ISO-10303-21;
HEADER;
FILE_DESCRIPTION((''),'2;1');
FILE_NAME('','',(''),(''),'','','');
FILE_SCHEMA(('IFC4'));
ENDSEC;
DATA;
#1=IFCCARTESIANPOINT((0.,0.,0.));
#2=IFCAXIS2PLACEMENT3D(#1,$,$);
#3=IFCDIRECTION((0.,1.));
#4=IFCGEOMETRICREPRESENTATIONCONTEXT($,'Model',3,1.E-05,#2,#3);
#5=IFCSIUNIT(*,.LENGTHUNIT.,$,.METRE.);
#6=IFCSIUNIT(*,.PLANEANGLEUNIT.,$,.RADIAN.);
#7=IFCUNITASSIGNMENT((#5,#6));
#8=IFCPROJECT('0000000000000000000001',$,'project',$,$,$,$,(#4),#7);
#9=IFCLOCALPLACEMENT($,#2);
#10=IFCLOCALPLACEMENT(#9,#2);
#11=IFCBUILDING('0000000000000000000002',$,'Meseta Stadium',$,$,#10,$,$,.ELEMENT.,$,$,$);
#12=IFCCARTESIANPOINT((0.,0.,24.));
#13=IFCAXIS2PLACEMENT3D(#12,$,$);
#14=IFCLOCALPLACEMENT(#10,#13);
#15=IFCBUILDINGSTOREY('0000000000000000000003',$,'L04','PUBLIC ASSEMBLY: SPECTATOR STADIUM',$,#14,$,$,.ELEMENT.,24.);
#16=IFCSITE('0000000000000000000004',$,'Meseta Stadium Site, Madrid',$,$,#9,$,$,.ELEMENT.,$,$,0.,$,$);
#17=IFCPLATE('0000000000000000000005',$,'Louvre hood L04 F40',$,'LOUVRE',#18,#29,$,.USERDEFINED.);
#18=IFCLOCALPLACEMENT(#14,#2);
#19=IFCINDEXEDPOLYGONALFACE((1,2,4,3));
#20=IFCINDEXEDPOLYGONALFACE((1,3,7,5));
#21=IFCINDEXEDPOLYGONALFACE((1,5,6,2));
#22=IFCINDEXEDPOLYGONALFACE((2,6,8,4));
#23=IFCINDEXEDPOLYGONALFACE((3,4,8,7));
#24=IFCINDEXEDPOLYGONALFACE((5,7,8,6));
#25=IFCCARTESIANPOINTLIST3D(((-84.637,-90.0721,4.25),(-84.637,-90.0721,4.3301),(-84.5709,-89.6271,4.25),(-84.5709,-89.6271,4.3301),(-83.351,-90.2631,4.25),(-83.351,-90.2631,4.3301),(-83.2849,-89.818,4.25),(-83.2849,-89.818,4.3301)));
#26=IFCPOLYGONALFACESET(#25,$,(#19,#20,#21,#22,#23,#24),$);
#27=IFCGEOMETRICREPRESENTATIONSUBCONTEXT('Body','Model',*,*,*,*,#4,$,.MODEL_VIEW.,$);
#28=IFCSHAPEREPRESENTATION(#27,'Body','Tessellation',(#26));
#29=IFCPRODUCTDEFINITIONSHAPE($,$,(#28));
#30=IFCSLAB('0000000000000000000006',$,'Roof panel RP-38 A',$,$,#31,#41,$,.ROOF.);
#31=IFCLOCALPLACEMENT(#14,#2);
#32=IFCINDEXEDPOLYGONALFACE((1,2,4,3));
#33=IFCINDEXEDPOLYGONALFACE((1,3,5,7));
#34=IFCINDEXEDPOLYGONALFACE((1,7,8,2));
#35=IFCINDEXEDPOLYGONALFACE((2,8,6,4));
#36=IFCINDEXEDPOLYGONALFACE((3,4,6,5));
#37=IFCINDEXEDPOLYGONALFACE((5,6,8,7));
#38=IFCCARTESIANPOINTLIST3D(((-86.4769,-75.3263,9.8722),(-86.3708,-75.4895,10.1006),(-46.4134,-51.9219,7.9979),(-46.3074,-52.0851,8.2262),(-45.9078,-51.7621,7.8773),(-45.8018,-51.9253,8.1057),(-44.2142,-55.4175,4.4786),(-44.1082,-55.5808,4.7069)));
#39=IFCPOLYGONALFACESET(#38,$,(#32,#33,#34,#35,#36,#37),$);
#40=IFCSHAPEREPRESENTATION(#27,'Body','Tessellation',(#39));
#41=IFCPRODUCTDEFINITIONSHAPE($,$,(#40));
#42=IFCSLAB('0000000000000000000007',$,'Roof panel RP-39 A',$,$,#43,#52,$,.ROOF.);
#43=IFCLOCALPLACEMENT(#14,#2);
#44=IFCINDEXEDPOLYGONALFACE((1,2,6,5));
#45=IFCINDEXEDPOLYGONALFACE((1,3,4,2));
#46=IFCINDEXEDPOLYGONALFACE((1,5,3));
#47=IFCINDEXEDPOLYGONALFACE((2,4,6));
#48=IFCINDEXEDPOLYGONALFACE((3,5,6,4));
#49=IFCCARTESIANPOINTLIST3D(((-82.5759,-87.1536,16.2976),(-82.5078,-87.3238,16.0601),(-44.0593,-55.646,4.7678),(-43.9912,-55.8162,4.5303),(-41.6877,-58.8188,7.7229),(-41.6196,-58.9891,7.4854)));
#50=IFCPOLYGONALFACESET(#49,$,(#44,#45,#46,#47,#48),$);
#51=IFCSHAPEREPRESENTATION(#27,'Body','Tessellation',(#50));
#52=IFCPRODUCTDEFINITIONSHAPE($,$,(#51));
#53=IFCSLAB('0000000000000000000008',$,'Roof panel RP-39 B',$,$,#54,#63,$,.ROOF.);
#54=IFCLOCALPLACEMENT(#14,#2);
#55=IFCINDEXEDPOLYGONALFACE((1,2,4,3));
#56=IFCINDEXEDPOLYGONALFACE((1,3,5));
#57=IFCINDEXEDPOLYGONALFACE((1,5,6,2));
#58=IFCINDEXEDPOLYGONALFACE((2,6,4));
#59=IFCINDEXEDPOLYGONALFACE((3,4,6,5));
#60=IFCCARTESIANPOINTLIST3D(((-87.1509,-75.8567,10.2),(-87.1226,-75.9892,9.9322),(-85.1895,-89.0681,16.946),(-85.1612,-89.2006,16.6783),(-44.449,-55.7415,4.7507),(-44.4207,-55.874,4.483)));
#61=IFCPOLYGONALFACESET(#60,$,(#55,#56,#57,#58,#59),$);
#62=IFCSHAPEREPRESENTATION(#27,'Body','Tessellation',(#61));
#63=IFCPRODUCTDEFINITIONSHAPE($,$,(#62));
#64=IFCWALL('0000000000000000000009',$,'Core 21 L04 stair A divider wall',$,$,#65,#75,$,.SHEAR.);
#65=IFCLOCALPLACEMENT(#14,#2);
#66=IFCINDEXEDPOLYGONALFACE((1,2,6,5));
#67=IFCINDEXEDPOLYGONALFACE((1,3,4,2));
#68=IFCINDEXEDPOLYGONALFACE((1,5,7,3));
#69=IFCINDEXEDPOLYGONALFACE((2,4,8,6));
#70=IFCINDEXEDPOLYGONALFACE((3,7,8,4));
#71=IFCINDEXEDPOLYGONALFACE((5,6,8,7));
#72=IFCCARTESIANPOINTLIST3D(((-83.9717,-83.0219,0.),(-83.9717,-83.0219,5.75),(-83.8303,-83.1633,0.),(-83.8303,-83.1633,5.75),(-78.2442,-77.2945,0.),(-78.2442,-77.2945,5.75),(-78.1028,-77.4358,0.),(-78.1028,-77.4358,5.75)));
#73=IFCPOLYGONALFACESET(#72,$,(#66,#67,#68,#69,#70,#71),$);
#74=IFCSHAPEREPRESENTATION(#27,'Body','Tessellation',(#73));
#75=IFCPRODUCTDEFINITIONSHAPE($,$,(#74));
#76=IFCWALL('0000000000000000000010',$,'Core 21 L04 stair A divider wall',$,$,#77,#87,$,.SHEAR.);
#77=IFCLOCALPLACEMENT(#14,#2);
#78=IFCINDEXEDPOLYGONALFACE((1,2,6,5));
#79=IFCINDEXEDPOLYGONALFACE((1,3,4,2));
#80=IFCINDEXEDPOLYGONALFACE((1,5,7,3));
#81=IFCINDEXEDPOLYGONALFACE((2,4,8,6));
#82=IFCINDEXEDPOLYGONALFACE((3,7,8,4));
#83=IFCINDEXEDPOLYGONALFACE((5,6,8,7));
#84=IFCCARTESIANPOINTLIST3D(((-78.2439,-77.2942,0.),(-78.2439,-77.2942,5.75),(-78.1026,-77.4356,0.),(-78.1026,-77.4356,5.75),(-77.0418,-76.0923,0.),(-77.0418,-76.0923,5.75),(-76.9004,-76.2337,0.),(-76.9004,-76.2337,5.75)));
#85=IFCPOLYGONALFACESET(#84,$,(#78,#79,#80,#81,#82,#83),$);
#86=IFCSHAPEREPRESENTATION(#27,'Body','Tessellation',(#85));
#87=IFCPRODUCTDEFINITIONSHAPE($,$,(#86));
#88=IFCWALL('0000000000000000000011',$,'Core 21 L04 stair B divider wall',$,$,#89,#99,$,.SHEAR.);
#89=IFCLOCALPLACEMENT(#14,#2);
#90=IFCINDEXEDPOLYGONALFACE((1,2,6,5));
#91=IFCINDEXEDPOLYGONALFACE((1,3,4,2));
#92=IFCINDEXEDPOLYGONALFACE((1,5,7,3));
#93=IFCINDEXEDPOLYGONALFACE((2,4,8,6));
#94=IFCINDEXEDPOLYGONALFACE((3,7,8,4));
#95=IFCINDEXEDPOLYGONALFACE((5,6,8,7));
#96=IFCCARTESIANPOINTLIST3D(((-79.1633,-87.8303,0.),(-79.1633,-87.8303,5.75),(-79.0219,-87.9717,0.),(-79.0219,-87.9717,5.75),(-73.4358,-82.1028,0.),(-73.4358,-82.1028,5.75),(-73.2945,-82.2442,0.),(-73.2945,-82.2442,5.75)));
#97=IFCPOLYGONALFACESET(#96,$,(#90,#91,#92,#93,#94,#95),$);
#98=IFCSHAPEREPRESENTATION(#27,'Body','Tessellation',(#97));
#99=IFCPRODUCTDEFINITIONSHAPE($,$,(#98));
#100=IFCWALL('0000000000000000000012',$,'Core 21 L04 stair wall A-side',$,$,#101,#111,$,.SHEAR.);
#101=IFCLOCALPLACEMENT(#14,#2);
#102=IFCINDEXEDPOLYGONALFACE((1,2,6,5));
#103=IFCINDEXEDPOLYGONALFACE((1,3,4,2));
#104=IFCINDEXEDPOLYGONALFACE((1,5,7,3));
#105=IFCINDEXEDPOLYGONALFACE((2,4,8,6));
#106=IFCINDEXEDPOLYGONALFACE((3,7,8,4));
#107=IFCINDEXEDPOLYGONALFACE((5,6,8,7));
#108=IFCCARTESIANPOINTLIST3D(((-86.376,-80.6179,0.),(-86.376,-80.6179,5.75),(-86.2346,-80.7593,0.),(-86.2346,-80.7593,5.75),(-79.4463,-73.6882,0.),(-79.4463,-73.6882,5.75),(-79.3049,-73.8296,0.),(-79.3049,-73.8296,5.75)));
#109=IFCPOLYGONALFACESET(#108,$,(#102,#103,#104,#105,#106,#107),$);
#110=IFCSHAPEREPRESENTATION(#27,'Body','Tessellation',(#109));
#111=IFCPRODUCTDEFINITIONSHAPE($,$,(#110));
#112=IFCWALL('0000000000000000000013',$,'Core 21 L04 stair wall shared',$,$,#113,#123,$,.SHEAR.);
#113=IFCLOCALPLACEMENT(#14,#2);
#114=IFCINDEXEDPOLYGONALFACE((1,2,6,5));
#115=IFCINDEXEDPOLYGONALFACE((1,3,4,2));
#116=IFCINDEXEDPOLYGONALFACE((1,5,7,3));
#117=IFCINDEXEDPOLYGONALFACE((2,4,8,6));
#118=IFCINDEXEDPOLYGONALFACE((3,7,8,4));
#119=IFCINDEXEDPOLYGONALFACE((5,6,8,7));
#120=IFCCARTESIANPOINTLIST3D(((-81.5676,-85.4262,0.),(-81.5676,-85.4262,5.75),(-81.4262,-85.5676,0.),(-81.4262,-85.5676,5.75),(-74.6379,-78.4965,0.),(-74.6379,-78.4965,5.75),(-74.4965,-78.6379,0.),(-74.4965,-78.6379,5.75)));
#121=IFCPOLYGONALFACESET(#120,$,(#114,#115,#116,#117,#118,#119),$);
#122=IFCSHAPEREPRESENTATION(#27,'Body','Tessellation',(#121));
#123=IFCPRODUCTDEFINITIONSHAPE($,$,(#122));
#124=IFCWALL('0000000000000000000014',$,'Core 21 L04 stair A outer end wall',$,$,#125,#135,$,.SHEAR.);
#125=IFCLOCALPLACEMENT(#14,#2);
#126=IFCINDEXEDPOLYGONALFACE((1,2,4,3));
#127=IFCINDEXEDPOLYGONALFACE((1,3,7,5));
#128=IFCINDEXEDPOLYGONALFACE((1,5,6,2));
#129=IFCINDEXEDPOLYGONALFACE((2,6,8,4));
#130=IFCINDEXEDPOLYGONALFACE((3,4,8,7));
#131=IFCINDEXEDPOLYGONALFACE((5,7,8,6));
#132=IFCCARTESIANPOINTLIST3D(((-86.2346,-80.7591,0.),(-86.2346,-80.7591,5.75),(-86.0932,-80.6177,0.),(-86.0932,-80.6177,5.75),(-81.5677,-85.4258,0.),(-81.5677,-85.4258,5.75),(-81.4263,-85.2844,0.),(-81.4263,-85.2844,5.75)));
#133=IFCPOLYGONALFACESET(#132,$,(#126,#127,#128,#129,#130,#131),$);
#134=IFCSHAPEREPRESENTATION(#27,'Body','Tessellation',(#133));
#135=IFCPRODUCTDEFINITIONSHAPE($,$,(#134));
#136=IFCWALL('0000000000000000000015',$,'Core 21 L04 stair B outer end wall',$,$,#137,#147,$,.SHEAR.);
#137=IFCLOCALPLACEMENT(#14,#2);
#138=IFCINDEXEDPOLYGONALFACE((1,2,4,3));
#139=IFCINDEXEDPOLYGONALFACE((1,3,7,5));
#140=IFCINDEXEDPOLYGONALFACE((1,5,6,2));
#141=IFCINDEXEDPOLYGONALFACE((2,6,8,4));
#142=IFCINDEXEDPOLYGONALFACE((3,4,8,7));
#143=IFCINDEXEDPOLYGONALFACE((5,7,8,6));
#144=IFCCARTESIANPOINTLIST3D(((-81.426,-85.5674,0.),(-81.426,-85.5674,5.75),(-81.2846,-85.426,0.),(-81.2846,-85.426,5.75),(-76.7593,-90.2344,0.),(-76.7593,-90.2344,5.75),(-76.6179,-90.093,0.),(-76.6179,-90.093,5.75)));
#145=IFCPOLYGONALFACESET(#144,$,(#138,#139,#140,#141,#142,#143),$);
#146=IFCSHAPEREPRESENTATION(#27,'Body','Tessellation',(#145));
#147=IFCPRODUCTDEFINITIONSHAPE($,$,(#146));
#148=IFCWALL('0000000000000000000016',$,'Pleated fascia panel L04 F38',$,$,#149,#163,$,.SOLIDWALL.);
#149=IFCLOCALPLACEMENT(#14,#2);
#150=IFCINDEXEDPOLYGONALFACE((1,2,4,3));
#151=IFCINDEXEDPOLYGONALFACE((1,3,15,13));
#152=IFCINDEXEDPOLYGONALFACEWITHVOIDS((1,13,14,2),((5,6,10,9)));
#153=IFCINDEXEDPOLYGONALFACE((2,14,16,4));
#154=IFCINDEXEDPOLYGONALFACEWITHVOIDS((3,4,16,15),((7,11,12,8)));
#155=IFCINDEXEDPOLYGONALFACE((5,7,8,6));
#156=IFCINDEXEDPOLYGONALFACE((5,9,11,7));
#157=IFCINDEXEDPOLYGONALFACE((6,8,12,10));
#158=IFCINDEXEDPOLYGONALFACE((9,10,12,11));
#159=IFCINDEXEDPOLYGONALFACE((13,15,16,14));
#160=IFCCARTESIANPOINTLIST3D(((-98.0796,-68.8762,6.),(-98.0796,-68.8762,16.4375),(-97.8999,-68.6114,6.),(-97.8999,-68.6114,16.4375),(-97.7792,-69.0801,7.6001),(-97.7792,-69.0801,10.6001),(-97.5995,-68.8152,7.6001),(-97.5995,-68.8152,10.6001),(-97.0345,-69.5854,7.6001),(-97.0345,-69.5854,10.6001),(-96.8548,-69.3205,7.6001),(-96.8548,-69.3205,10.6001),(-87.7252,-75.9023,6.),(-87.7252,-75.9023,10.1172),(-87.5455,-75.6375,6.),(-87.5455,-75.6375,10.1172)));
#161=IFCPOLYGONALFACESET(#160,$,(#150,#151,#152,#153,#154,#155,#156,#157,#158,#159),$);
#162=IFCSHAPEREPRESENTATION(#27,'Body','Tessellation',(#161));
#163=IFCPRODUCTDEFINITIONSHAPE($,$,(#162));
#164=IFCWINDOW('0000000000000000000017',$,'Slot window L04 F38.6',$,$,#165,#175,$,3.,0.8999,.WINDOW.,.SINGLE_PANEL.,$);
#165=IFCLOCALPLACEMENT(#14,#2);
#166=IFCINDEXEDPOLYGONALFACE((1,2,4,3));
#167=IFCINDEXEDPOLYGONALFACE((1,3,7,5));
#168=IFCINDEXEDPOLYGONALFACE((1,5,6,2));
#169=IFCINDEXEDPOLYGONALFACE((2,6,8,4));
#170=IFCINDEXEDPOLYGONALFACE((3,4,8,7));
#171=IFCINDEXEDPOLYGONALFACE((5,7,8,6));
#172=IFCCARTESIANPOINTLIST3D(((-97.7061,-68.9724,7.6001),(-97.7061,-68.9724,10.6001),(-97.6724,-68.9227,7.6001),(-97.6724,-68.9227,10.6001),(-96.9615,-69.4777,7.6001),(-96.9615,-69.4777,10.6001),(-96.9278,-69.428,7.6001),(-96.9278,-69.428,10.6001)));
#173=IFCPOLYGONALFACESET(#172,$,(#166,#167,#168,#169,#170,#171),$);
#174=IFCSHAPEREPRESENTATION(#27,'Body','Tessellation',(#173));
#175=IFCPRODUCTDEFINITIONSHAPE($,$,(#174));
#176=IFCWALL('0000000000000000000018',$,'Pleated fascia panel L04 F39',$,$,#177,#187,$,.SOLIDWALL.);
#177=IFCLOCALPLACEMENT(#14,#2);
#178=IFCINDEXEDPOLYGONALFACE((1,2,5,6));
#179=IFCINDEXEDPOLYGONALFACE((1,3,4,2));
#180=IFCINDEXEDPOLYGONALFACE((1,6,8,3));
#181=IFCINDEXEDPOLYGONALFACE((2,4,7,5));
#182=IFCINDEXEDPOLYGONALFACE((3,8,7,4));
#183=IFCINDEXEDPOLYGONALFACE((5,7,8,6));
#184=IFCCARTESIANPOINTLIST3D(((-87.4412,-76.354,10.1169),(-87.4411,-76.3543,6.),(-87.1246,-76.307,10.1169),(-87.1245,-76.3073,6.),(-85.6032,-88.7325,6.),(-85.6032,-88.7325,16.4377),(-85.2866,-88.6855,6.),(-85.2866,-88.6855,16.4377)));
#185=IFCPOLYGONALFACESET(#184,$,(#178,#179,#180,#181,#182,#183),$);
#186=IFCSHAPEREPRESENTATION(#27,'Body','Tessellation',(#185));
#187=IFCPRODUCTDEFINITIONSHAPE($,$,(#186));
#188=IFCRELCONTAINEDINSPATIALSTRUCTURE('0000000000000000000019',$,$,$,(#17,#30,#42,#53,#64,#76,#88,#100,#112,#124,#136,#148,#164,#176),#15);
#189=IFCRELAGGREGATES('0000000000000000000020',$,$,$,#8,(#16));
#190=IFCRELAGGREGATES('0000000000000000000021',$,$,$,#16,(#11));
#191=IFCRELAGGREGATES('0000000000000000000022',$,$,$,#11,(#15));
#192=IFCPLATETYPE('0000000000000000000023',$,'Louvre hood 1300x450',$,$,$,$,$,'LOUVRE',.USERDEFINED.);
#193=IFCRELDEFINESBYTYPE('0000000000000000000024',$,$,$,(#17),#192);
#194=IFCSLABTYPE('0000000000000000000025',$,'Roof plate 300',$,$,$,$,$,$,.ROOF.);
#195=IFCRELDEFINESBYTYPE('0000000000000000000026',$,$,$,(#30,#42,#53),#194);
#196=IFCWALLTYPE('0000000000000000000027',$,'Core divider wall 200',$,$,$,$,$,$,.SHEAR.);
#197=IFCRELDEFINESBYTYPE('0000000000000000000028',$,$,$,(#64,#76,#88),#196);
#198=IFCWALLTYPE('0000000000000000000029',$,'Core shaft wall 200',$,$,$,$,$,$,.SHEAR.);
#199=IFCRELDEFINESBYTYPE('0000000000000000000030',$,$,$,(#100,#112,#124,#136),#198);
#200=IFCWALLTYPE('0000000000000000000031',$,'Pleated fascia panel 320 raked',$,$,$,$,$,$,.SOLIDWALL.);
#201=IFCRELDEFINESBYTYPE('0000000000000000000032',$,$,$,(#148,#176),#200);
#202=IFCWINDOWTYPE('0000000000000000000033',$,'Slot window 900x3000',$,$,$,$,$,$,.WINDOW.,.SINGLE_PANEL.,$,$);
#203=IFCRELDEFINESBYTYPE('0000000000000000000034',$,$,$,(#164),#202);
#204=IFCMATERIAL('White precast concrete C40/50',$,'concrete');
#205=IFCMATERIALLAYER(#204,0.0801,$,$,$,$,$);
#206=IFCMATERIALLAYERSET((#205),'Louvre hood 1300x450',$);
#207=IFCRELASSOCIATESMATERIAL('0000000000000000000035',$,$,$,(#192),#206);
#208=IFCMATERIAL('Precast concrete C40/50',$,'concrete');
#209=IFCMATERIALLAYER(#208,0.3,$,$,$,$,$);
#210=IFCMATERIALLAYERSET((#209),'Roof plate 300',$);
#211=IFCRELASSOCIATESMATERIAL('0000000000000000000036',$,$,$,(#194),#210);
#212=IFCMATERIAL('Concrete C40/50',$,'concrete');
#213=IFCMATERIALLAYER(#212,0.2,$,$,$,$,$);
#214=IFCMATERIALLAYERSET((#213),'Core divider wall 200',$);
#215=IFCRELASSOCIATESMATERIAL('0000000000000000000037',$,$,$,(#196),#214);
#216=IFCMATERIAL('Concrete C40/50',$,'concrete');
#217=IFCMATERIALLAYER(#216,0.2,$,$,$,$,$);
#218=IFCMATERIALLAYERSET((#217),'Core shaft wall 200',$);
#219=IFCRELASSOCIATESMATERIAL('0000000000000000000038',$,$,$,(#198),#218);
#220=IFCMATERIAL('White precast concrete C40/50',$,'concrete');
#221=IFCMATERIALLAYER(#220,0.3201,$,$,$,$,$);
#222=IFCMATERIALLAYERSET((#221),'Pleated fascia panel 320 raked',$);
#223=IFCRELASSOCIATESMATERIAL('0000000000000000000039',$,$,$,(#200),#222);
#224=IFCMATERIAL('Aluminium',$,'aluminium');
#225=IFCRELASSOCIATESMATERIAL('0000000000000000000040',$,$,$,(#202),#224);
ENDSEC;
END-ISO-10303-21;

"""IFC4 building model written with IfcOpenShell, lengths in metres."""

from ifc_helpers import new_model, si_unit, direction, frame, frame_2d, origin, origin_2d, place, context, subcontext, project, spatial, polyline, rectangle, outline, extrude, material, layer, layer_set, type_object, element, fill, save


model = new_model("IFC4")

# Units and contexts
model_context = context("Model", 3, precision=1e-05, world=origin(), true_north=direction((0.0, 1.0)))
body_context = subcontext(model_context, "Body", "Model", "MODEL_VIEW")
ifc_project = project(units=[si_unit("LENGTHUNIT", "METRE"), si_unit("PLANEANGLEUNIT", "RADIAN")], contexts=[model_context])

# Site, building, storey
site_placement = place(None, origin())
site = spatial("IfcSite", under=ifc_project, at=site_placement, Name="Meseta Stadium Site, Madrid", CompositionType="ELEMENT", RefElevation=0.0)
building_placement = place(site_placement, origin())
building = spatial("IfcBuilding", under=site, at=building_placement, Name="Meseta Stadium", CompositionType="ELEMENT")
storey_placement = place(building_placement, frame((0.0, 0.0, 24.0)))
storey = spatial("IfcBuildingStorey", under=building, at=storey_placement, Name="L04", Description="PUBLIC ASSEMBLY: SPECTATOR STADIUM", CompositionType="ELEMENT", Elevation=24.0)

# Plate
ifc_material_1 = material(Name="White precast concrete C40/50", Category="concrete")
ifc_layer_1 = layer(ifc_material_1, 0.0801)
ifc_layer_set_1 = layer_set([ifc_layer_1], Name="Louvre hood 1300x450")
plate_type = type_object("IfcPlateType", Name="Louvre hood 1300x450", ElementType="LOUVRE", PredefinedType="USERDEFINED", material=ifc_layer_set_1)
plate_placement = place(storey_placement, frame((-83.9609, -89.9451, 4.25), z_axis=(0.0, 0.0, 1.0), x_axis=(0.989158, -0.146854, 0.0)))
element("IfcPlate", 1, at=plate_placement, inside=storey, type_object=plate_type, Name="Louvre hood L04 F40", ObjectType="LOUVRE", PredefinedType="USERDEFINED", context=body_context, shape_type="SweptSolid", body=[
    extrude(rectangle(XDim=1.3, YDim=0.45, at=origin_2d()), origin(), (0.0, 0.0, 1.0), 0.0801),
])

# Slabs
ifc_material_2 = material(Name="Precast concrete C40/50", Category="concrete")
ifc_layer_2 = layer(ifc_material_2, 0.3)
ifc_layer_set_2 = layer_set([ifc_layer_2], Name="Roof plate 300")
slab_type = type_object("IfcSlabType", Name="Roof plate 300", PredefinedType="ROOF", material=ifc_layer_set_2)
slab_1_placement = place(storey_placement, frame((-86.3708, -75.4895, 10.1006), z_axis=(0.353365, -0.543936, 0.761096), x_axis=(0.89868, 0.423343, -0.114691)))
element("IfcSlab", 2, at=slab_1_placement, inside=storey, type_object=slab_type, Name="Roof panel RP-38 A", PredefinedType="ROOF", context=body_context, shape_type="SweptSolid", body=[
    extrude(outline(polyline([(0.0, 0.0), (47.0275, 0.0), (46.6632, 5.2583), (46.1273, 5.3508), (0.0, 0.0)])), origin(), (0.0, 0.0, -1.0), 0.3),
])
slab_2_placement = place(storey_placement, frame((-82.5759, -87.1536, 16.2976), z_axis=(-0.227186, 0.567367, 0.791506), x_axis=(0.754041, 0.616825, -0.225719)))
element("IfcSlab", 3, at=slab_2_placement, inside=storey, type_object=slab_type, Name="Roof panel RP-39 A", PredefinedType="ROOF", context=body_context, shape_type="SweptSolid", body=[
    extrude(outline(polyline([(0.0, 0.0), (51.0802, 0.0), (50.2444, -4.8709), (0.0, 0.0)])), origin(), (0.0, 0.0, -1.0), 0.3),
])
slab_3_placement = place(storey_placement, frame((-87.1509, -75.8567, 10.2), z_axis=(-0.094171, 0.441622, 0.892245), x_axis=(0.898685, 0.423336, -0.114682)))
element("IfcSlab", 4, at=slab_3_placement, inside=storey, type_object=slab_type, Name="Roof panel RP-39 B", PredefinedType="ROOF", context=body_context, shape_type="SweptSolid", body=[
    extrude(outline(polyline([(0.0, 0.0), (47.516, 0.0), (-4.6038, -14.2374), (0.0, 0.0)])), origin(), (0.0, 0.0, -1.0), 0.3),
])

# Walls
ifc_material_3 = material(Name="Concrete C40/50", Category="concrete")
ifc_layer_3 = layer(ifc_material_3, 0.2)
ifc_layer_set_3 = layer_set([ifc_layer_3], Name="Core divider wall 200")
wall_type_1 = type_object("IfcWallType", Name="Core divider wall 200", PredefinedType="SHEAR", material=ifc_layer_set_3)
wall_1_placement = place(storey_placement, frame((-83.9009, -83.0925, 0.0), z_axis=(0.0, 0.0, 1.0), x_axis=(0.707107, 0.707107, 0.0)))
element("IfcWall", 5, at=wall_1_placement, inside=storey, type_object=wall_type_1, Name="Core 21 L04 stair A divider wall", PredefinedType="SHEAR", context=body_context, shape_type="SweptSolid", body=[
    extrude(rectangle(XDim=8.0999, YDim=0.2, at=frame_2d((4.0498, 0.0))), origin(), (0.0, 0.0, 1.0), 5.75),
])
wall_2_placement = place(storey_placement, frame((-78.1733, -77.365, 0.0), z_axis=(0.0, 0.0, 1.0), x_axis=(0.707179, 0.707035, 0.0)))
element("IfcWall", 6, at=wall_2_placement, inside=storey, type_object=wall_type_1, Name="Core 21 L04 stair A divider wall", PredefinedType="SHEAR", context=body_context, shape_type="SweptSolid", body=[
    extrude(rectangle(XDim=1.7, YDim=0.2, at=frame_2d((0.8501, 0.0))), origin(), (0.0, 0.0, 1.0), 5.75),
])
wall_3_placement = place(storey_placement, frame((-79.0925, -87.9009, 0.0), z_axis=(0.0, 0.0, 1.0), x_axis=(0.707107, 0.707107, 0.0)))
element("IfcWall", 7, at=wall_3_placement, inside=storey, type_object=wall_type_1, Name="Core 21 L04 stair B divider wall", PredefinedType="SHEAR", context=body_context, shape_type="SweptSolid", body=[
    extrude(rectangle(XDim=8.0999, YDim=0.2, at=frame_2d((4.0498, 0.0))), origin(), (0.0, 0.0, 1.0), 5.75),
])
ifc_material_4 = material(Name="Concrete C40/50", Category="concrete")
ifc_layer_4 = layer(ifc_material_4, 0.2)
ifc_layer_set_4 = layer_set([ifc_layer_4], Name="Core shaft wall 200")
wall_type_2 = type_object("IfcWallType", Name="Core shaft wall 200", PredefinedType="SHEAR", material=ifc_layer_set_4)
for number, where, z_axis, x_axis, name in (
    (8, (-86.3052, -80.6885, 0.0), (0.0, 0.0, 1.0), (0.707107, 0.707107, 0.0), "Core 21 L04 stair wall A-side"),
    (9, (-81.4968, -85.4968, 0.0), (0.0, 0.0, 1.0), (0.707107, 0.707107, 0.0), "Core 21 L04 stair wall shared"),
):
    element("IfcWall", number, at=place(storey_placement, frame(where, z_axis=z_axis, x_axis=x_axis)), inside=storey, type_object=wall_type_2, Name=name, PredefinedType="SHEAR", context=body_context, shape_type="SweptSolid", body=[
        extrude(rectangle(XDim=9.8, YDim=0.2, at=frame_2d((4.8999, 0.0))), origin(), (0.0, 0.0, 1.0), 5.75),
    ])
for number, where, z_axis, x_axis, name in (
    (10, (-86.1638, -80.6885, 0.0), (0.0, 0.0, 1.0), (0.707125, -0.707088, 0.0), "Core 21 L04 stair A outer end wall"),
    (11, (-81.3552, -85.4968, 0.0), (0.0, 0.0, 1.0), (0.707088, -0.707125, 0.0), "Core 21 L04 stair B outer end wall"),
):
    element("IfcWall", number, at=place(storey_placement, frame(where, z_axis=z_axis, x_axis=x_axis)), inside=storey, type_object=wall_type_2, Name=name, PredefinedType="SHEAR", context=body_context, shape_type="SweptSolid", body=[
        extrude(rectangle(XDim=6.5999, YDim=0.2, at=frame_2d((3.2998, 0.0))), origin(), (0.0, 0.0, 1.0), 5.75),
    ])

# Wall, opening, window
ifc_material_5 = material(Name="White precast concrete C40/50", Category="concrete")
ifc_layer_5 = layer(ifc_material_5, 0.3201)
ifc_layer_set_5 = layer_set([ifc_layer_5], Name="Pleated fascia panel 320 raked")
wall_type_3 = type_object("IfcWallType", Name="Pleated fascia panel 320 raked", PredefinedType="SOLIDWALL", material=ifc_layer_set_5)
wall_4_placement = place(storey_placement, frame((-87.6353, -75.7698, 6.0), z_axis=(0.0, 0.0, 1.0), x_axis=(-0.827481, 0.561494, 0.0)))
wall_4 = element("IfcWall", 12, at=wall_4_placement, inside=storey, type_object=wall_type_3, Name="Pleated fascia panel L04 F38", PredefinedType="SOLIDWALL", context=body_context, shape_type="SweptSolid", body=[
    extrude(outline(polyline([(0.0, 0.0), (12.5132, 0.0), (12.5132, 10.4375), (0.0, 4.1172), (0.0, 0.0)])), frame((0.0, 0.1602, 0.0), z_axis=(0.0, -1.0, 0.0), x_axis=(1.0, 0.0, 0.0)), (0.0, 0.0, 1.0), 0.3201),
])
opening_1_placement = place(wall_4_placement, frame((11.2502, 0.0, 1.6001)))
opening_1 = element("IfcOpeningElement", 13, at=opening_1_placement, cuts=wall_4, PredefinedType="OPENING", context=body_context, shape_type="SweptSolid", body=[
    extrude(rectangle(XDim=0.8999, YDim=3.0, at=frame_2d((0.45, 1.5))), frame((0.0, 0.1699, 0.0), z_axis=(0.0, -1.0, 0.0), x_axis=(1.0, 0.0, 0.0)), (0.0, 0.0, 1.0), 0.3401),
])
ifc_material_6 = material(Name="Aluminium", Category="aluminium")
window_type_1 = type_object("IfcWindowType", Name="Slot window 900x3000", PartitioningType="SINGLE_PANEL", PredefinedType="WINDOW", material=ifc_material_6)
window_1_placement = place(opening_1_placement, origin())
window_1 = element("IfcWindow", 14, at=window_1_placement, inside=storey, type_object=window_type_1, Name="Slot window L04 F38.6", OverallHeight=3.0, OverallWidth=0.8999, PartitioningType="SINGLE_PANEL", PredefinedType="WINDOW", context=body_context, shape_type="SweptSolid", body=[
    extrude(rectangle(XDim=0.8999, YDim=3.0, at=frame_2d((0.45, 1.5))), frame((0.0, 0.03, 0.0), z_axis=(0.0, -1.0, 0.0), x_axis=(1.0, 0.0, 0.0)), (0.0, 0.0, 1.0), 0.0601),
])
fill(opening_1, window_1)

# Wall
wall_5_placement = place(storey_placement, frame((-85.4448, -88.709, 6.0), z_axis=(0.0, 0.0, 1.0), x_axis=(-0.146868, 0.989156, 0.0)))
element("IfcWall", 15, at=wall_5_placement, inside=storey, type_object=wall_type_3, Name="Pleated fascia panel L04 F39", PredefinedType="SOLIDWALL", context=body_context, shape_type="SweptSolid", body=[
    extrude(outline(polyline([(0.0, 0.0), (12.5139, 0.0), (12.5142, 4.1169), (0.0, 10.4377), (0.0, 0.0)])), frame((0.0, 0.1602, 0.0), z_axis=(0.0, -1.0, 0.0), x_axis=(1.0, 0.0, 0.0)), (0.0, 0.0, 1.0), 0.3201),
])

save(model, "model.ifc")
